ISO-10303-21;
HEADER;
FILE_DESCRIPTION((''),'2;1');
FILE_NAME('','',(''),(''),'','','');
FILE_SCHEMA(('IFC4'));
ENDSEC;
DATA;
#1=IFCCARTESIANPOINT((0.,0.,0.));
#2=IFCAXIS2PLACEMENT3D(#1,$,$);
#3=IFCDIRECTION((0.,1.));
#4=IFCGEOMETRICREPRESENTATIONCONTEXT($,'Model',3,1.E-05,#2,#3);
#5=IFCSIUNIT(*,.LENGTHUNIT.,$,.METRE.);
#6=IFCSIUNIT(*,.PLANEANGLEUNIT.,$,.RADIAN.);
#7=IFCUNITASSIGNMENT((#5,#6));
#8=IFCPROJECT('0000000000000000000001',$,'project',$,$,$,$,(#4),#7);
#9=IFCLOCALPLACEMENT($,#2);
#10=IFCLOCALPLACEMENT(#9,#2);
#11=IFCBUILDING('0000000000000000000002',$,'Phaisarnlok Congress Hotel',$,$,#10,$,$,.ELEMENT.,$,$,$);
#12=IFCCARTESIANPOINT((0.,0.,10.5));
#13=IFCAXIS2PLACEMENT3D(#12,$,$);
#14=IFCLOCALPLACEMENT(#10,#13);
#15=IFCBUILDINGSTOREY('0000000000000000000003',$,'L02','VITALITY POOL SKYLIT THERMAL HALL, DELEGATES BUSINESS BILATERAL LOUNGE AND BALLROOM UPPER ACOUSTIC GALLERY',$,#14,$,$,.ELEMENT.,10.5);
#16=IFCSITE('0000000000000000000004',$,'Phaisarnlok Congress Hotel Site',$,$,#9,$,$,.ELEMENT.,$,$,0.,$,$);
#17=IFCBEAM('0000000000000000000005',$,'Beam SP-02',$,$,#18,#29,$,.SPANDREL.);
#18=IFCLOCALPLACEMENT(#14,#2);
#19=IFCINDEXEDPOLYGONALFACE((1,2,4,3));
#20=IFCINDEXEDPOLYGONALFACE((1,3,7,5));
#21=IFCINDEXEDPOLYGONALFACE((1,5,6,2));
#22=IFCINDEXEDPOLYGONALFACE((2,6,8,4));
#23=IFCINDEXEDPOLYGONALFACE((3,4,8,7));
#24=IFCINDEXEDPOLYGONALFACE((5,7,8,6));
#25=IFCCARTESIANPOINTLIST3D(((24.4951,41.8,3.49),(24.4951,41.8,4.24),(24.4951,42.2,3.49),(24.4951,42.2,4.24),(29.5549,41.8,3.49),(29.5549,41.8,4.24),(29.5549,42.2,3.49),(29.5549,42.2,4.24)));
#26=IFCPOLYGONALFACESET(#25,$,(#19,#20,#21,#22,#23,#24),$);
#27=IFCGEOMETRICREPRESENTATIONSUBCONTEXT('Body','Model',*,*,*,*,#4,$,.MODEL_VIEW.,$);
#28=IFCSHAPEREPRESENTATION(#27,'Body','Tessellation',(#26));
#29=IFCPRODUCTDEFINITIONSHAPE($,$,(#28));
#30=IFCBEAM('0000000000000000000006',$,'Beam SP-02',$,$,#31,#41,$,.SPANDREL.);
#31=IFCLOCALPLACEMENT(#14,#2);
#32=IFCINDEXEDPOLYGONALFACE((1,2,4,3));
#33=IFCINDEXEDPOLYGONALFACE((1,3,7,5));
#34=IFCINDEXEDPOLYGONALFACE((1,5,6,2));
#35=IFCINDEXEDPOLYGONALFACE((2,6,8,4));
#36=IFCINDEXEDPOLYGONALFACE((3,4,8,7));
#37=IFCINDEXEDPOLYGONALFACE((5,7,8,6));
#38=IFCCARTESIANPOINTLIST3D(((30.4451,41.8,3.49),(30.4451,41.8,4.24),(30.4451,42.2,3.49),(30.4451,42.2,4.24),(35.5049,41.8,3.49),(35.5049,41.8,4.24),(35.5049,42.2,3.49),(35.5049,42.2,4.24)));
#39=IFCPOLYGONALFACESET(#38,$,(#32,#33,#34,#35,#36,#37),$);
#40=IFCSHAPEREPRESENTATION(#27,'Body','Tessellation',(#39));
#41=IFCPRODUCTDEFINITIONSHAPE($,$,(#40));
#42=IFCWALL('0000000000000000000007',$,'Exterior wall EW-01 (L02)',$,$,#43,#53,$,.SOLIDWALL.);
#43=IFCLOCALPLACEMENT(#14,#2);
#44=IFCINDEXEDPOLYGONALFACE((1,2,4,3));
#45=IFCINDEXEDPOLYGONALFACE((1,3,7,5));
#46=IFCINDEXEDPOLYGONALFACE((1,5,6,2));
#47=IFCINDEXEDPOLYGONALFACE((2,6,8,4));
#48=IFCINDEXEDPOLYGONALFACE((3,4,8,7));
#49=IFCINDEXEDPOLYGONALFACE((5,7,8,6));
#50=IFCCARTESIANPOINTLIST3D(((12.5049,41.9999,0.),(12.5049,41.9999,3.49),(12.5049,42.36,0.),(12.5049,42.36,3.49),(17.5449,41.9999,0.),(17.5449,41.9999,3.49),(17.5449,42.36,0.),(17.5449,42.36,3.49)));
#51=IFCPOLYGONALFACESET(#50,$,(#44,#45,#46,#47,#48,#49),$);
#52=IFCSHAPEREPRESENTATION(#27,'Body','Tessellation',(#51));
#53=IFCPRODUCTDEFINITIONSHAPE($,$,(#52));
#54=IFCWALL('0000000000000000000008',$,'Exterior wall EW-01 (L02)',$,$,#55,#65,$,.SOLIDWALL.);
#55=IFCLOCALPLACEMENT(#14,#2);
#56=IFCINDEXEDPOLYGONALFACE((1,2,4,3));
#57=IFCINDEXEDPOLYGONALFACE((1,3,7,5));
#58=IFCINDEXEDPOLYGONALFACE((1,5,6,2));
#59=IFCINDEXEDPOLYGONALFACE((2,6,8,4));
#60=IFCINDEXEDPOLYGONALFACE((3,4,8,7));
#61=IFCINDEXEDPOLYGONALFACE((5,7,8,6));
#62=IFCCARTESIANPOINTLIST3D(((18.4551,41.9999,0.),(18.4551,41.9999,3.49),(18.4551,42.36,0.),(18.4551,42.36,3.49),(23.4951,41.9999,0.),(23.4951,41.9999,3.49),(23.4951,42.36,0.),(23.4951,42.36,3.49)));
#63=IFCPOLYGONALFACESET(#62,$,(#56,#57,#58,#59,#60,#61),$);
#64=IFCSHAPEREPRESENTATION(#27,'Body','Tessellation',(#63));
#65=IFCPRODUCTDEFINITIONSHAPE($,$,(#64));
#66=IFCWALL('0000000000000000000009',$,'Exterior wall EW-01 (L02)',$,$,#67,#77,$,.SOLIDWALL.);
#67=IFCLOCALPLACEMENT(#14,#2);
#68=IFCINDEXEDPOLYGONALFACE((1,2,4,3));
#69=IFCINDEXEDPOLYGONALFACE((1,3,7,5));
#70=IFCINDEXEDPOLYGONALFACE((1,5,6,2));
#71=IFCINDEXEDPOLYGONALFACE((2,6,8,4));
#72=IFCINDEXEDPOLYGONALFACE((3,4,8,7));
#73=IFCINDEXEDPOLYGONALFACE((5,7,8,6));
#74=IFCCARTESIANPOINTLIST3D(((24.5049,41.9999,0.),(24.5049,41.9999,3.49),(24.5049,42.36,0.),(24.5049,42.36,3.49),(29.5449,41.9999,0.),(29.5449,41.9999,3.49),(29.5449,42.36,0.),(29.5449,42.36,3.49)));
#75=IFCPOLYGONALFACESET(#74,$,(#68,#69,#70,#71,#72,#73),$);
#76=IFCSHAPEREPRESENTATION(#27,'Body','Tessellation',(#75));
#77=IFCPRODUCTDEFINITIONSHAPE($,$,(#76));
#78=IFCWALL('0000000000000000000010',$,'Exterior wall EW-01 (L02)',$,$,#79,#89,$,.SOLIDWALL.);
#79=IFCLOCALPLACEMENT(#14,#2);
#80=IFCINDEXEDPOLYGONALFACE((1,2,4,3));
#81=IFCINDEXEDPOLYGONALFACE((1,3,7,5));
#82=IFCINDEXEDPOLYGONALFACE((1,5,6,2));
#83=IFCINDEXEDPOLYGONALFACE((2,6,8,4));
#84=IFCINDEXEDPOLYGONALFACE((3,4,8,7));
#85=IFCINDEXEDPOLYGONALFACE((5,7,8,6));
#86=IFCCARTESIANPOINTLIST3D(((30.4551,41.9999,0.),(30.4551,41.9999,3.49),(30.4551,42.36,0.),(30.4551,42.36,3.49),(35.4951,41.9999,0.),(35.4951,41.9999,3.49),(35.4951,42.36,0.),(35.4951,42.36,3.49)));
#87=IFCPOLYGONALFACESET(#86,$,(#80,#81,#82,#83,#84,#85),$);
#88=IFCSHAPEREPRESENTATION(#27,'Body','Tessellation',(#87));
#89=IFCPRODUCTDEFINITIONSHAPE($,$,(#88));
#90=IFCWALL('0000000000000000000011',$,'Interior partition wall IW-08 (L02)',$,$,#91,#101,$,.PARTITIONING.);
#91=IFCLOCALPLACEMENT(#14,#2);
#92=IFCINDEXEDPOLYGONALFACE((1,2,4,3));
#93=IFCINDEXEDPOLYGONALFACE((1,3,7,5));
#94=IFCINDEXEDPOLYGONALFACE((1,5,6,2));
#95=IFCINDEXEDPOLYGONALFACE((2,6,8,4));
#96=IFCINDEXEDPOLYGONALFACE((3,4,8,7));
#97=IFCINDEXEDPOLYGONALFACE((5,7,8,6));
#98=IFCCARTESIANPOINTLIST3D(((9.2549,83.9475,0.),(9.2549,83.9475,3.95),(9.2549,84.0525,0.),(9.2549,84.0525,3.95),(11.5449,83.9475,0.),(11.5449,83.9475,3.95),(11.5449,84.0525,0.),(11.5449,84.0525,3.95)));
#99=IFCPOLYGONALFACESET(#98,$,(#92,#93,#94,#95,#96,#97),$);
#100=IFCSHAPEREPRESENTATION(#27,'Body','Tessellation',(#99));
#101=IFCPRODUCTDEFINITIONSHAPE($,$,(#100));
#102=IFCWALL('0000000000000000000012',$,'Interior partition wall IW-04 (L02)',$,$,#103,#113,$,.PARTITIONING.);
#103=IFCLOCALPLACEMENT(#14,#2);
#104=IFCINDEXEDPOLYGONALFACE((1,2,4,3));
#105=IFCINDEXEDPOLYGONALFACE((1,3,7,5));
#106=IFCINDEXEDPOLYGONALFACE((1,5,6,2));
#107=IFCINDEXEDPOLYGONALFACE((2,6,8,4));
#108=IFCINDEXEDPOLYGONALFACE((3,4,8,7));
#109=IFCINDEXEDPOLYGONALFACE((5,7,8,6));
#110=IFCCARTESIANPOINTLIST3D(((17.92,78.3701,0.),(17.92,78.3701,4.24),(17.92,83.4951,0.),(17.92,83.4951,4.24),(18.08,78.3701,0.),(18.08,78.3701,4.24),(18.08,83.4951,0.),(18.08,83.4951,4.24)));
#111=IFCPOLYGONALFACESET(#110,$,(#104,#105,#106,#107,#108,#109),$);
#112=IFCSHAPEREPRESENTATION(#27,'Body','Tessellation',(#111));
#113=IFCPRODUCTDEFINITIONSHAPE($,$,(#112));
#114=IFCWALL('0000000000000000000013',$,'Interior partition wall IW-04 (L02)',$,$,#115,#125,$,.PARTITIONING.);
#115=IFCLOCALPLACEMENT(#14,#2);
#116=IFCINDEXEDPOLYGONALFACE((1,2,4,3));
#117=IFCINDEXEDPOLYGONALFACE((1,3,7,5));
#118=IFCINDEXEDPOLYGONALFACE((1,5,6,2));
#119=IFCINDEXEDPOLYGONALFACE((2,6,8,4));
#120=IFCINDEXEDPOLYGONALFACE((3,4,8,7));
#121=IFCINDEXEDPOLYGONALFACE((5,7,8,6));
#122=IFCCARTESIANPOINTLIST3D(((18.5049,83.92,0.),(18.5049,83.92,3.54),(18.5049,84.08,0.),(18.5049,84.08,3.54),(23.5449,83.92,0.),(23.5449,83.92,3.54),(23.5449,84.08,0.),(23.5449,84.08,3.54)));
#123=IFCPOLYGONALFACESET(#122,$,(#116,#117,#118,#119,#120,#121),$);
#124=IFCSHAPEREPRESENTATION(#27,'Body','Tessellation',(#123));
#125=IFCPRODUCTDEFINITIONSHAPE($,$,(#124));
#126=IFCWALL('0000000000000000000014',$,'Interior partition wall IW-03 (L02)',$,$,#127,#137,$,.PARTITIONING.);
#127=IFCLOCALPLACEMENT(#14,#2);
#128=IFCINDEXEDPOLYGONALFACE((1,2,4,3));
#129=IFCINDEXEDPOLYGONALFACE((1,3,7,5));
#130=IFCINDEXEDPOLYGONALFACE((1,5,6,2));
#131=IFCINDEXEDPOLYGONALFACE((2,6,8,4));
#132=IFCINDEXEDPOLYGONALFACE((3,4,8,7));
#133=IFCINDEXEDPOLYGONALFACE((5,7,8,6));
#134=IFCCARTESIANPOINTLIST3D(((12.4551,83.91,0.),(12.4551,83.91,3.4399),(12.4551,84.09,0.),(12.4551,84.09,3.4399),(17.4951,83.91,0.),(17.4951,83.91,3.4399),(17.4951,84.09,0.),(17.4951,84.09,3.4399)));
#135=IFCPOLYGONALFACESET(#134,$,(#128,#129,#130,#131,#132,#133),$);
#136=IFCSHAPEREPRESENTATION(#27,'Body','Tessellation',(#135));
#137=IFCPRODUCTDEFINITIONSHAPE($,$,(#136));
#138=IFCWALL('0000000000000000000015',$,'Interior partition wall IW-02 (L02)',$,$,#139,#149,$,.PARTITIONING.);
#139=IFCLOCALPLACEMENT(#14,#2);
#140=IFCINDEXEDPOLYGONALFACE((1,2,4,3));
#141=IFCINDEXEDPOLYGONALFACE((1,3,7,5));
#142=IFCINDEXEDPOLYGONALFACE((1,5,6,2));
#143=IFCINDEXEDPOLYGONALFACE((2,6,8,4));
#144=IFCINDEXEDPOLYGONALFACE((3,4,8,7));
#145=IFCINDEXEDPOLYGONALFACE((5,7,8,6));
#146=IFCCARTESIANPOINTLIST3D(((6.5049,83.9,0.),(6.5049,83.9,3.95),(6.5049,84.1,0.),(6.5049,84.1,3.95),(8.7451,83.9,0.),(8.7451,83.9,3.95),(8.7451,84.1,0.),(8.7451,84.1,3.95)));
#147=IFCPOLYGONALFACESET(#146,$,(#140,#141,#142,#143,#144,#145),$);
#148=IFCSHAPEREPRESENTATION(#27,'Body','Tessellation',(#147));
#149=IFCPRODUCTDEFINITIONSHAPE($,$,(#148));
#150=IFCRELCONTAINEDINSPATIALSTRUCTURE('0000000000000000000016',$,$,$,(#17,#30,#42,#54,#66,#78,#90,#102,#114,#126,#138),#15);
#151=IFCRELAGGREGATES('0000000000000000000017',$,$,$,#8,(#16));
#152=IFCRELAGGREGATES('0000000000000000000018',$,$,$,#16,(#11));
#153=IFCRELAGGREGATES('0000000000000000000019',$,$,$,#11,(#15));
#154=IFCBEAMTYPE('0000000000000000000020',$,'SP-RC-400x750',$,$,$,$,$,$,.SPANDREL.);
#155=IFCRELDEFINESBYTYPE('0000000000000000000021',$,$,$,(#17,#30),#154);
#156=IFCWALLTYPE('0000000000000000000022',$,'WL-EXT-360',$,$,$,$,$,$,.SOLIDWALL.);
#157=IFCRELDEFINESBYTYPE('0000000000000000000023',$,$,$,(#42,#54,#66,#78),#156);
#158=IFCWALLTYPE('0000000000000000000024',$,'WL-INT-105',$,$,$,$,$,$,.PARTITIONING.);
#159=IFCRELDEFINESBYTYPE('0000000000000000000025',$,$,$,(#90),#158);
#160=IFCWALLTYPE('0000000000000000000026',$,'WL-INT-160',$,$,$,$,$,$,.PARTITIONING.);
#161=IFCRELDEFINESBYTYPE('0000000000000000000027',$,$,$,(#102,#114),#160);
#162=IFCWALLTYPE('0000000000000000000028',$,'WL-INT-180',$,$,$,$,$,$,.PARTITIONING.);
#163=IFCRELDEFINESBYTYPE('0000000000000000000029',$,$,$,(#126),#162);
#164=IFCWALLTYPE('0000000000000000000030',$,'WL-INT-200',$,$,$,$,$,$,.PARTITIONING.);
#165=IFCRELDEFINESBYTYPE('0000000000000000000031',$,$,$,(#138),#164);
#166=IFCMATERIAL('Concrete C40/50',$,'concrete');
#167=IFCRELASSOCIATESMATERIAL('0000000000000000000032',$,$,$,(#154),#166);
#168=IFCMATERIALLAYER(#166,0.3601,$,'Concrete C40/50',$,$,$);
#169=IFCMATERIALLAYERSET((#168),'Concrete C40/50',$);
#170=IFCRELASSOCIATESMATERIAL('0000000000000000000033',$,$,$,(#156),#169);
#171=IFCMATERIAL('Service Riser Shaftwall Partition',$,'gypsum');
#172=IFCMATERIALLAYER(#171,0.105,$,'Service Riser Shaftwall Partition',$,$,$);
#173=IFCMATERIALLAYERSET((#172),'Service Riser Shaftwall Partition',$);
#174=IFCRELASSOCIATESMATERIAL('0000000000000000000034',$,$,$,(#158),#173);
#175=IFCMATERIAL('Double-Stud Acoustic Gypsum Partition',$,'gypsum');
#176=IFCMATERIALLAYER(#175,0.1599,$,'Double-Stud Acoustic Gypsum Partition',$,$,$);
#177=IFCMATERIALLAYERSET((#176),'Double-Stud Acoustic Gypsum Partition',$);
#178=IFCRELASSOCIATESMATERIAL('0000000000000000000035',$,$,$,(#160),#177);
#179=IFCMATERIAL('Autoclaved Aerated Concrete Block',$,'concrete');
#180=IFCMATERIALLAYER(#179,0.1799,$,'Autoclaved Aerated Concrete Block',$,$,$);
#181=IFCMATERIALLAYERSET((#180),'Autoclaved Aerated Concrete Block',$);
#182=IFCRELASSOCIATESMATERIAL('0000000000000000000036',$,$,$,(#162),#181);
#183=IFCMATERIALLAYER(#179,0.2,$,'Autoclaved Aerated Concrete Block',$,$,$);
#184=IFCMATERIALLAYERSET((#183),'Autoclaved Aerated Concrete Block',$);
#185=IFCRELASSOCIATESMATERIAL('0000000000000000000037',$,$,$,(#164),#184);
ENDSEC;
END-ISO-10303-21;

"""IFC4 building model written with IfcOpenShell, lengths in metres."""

from ifc_helpers import new_model, si_unit, direction, frame, frame_2d, origin, origin_2d, place, context, subcontext, project, spatial, rectangle, extrude, material, layer, layer_set, material_profile, profile_set, type_object, element, save


model = new_model("IFC4")

# Units and contexts
model_context = context("Model", 3, precision=1e-05, world=origin(), true_north=direction((0.0, 1.0)))
body_context = subcontext(model_context, "Body", "Model", "MODEL_VIEW")
ifc_project = project(units=[si_unit("LENGTHUNIT", "METRE"), si_unit("PLANEANGLEUNIT", "RADIAN")], contexts=[model_context])

# Site, building, storey
site_placement = place(None, origin())
site = spatial("IfcSite", under=ifc_project, at=site_placement, Name="Phaisarnlok Congress Hotel Site", CompositionType="ELEMENT", RefElevation=0.0)
building_placement = place(site_placement, origin())
building = spatial("IfcBuilding", under=site, at=building_placement, Name="Phaisarnlok Congress Hotel", CompositionType="ELEMENT")
storey_placement = place(building_placement, frame((0.0, 0.0, 10.5)))
storey = spatial("IfcBuildingStorey", under=building, at=storey_placement, Name="L02", Description="VITALITY POOL SKYLIT THERMAL HALL, DELEGATES BUSINESS BILATERAL LOUNGE AND BALLROOM UPPER ACOUSTIC GALLERY", CompositionType="ELEMENT", Elevation=10.5)

# Shared definitions
ifc_material_1 = material(Name="Concrete C40/50", Category="concrete")

# Beams
ifc_material_profile_1 = material_profile(ifc_material_1, rectangle(XDim=0.3999, YDim=0.75, at=origin_2d()), Name="RC 400x750")
ifc_profile_set_1 = profile_set([ifc_material_profile_1], Name="Concrete C40/50")
beam_type_1 = type_object("IfcBeamType", Name="SP-RC-400x750", PredefinedType="SPANDREL", material=ifc_profile_set_1)
for number, where, z_axis, x_axis, name in (
    (1, (24.4951, 42.0, 3.865), (1.0, 0.0, 0.0), (0.0, 1.0, 0.0), "Beam SP-02"),
    (2, (30.4451, 42.0, 3.865), (1.0, 0.0, 0.0), (0.0, 1.0, 0.0), "Beam SP-02"),
):
    element("IfcBeam", number, at=place(storey_placement, frame(where, z_axis=z_axis, x_axis=x_axis)), inside=storey, type_object=beam_type_1, Name=name, PredefinedType="SPANDREL", context=body_context, shape_type="SweptSolid", body=[
        extrude(rectangle(XDim=0.3999, YDim=0.75, at=origin_2d()), origin(), (0.0, 0.0, 1.0), 5.0598),
    ])

# Walls
ifc_layer_1 = layer(ifc_material_1, 0.3601, Name="Concrete C40/50")
ifc_layer_set_1 = layer_set([ifc_layer_1], Name="Concrete C40/50")
wall_type_1 = type_object("IfcWallType", Name="WL-EXT-360", PredefinedType="SOLIDWALL", material=ifc_layer_set_1)
for number, where, z_axis, x_axis, name in (
    (3, (12.5049, 42.1799, 0.0), (0.0, 0.0, 1.0), (1.0, 0.0, 0.0), "Exterior wall EW-01 (L02)"),
    (4, (18.4551, 42.1799, 0.0), (0.0, 0.0, 1.0), (1.0, 0.0, 0.0), "Exterior wall EW-01 (L02)"),
    (5, (24.5049, 42.1799, 0.0), (0.0, 0.0, 1.0), (1.0, 0.0, 0.0), "Exterior wall EW-01 (L02)"),
    (6, (30.4551, 42.1799, 0.0), (0.0, 0.0, 1.0), (1.0, 0.0, 0.0), "Exterior wall EW-01 (L02)"),
):
    element("IfcWall", number, at=place(storey_placement, frame(where, z_axis=z_axis, x_axis=x_axis)), inside=storey, type_object=wall_type_1, Name=name, PredefinedType="SOLIDWALL", context=body_context, shape_type="SweptSolid", body=[
        extrude(rectangle(XDim=5.04, YDim=0.3601, at=frame_2d((2.52, 0.0))), origin(), (0.0, 0.0, 1.0), 3.49),
    ])
ifc_material_2 = material(Name="Service Riser Shaftwall Partition", Category="gypsum")
ifc_layer_2 = layer(ifc_material_2, 0.105, Name="Service Riser Shaftwall Partition")
ifc_layer_set_2 = layer_set([ifc_layer_2], Name="Service Riser Shaftwall Partition")
wall_type_2 = type_object("IfcWallType", Name="WL-INT-105", PredefinedType="PARTITIONING", material=ifc_layer_set_2)
wall_1_placement = place(storey_placement, frame((9.2549, 84.0, 0.0), z_axis=(0.0, 0.0, 1.0), x_axis=(1.0, 0.0, 0.0)))
element("IfcWall", 7, at=wall_1_placement, inside=storey, type_object=wall_type_2, Name="Interior partition wall IW-08 (L02)", PredefinedType="PARTITIONING", context=body_context, shape_type="SweptSolid", body=[
    extrude(rectangle(XDim=2.29, YDim=0.105, at=frame_2d((1.145, 0.0))), origin(), (0.0, 0.0, 1.0), 3.95),
])
ifc_material_3 = material(Name="Double-Stud Acoustic Gypsum Partition", Category="gypsum")
ifc_layer_3 = layer(ifc_material_3, 0.1599, Name="Double-Stud Acoustic Gypsum Partition")
ifc_layer_set_3 = layer_set([ifc_layer_3], Name="Double-Stud Acoustic Gypsum Partition")
wall_type_3 = type_object("IfcWallType", Name="WL-INT-160", PredefinedType="PARTITIONING", material=ifc_layer_set_3)
wall_2_placement = place(storey_placement, frame((18.0, 78.3701, 0.0), z_axis=(0.0, 0.0, 1.0), x_axis=(0.0, 1.0, 0.0)))
element("IfcWall", 8, at=wall_2_placement, inside=storey, type_object=wall_type_3, Name="Interior partition wall IW-04 (L02)", PredefinedType="PARTITIONING", context=body_context, shape_type="SweptSolid", body=[
    extrude(rectangle(XDim=5.125, YDim=0.1599, at=frame_2d((2.5625, 0.0))), origin(), (0.0, 0.0, 1.0), 4.24),
])
wall_3_placement = place(storey_placement, frame((18.5049, 84.0, 0.0), z_axis=(0.0, 0.0, 1.0), x_axis=(1.0, 0.0, 0.0)))
element("IfcWall", 9, at=wall_3_placement, inside=storey, type_object=wall_type_3, Name="Interior partition wall IW-04 (L02)", PredefinedType="PARTITIONING", context=body_context, shape_type="SweptSolid", body=[
    extrude(rectangle(XDim=5.04, YDim=0.1599, at=frame_2d((2.52, 0.0))), origin(), (0.0, 0.0, 1.0), 3.54),
])
ifc_material_4 = material(Name="Autoclaved Aerated Concrete Block", Category="concrete")
ifc_layer_4 = layer(ifc_material_4, 0.1799, Name="Autoclaved Aerated Concrete Block")
ifc_layer_set_4 = layer_set([ifc_layer_4], Name="Autoclaved Aerated Concrete Block")
wall_type_4 = type_object("IfcWallType", Name="WL-INT-180", PredefinedType="PARTITIONING", material=ifc_layer_set_4)
wall_4_placement = place(storey_placement, frame((12.4551, 84.0, 0.0), z_axis=(0.0, 0.0, 1.0), x_axis=(1.0, 0.0, 0.0)))
element("IfcWall", 10, at=wall_4_placement, inside=storey, type_object=wall_type_4, Name="Interior partition wall IW-03 (L02)", PredefinedType="PARTITIONING", context=body_context, shape_type="SweptSolid", body=[
    extrude(rectangle(XDim=5.04, YDim=0.1799, at=frame_2d((2.52, 0.0))), origin(), (0.0, 0.0, 1.0), 3.4399),
])
ifc_layer_5 = layer(ifc_material_4, 0.2, Name="Autoclaved Aerated Concrete Block")
ifc_layer_set_5 = layer_set([ifc_layer_5], Name="Autoclaved Aerated Concrete Block")
wall_type_5 = type_object("IfcWallType", Name="WL-INT-200", PredefinedType="PARTITIONING", material=ifc_layer_set_5)
wall_5_placement = place(storey_placement, frame((6.5049, 84.0, 0.0), z_axis=(0.0, 0.0, 1.0), x_axis=(1.0, 0.0, 0.0)))
element("IfcWall", 11, at=wall_5_placement, inside=storey, type_object=wall_type_5, Name="Interior partition wall IW-02 (L02)", PredefinedType="PARTITIONING", context=body_context, shape_type="SweptSolid", body=[
    extrude(rectangle(XDim=2.2402, YDim=0.2, at=frame_2d((1.1201, 0.0))), origin(), (0.0, 0.0, 1.0), 3.95),
])

save(model, "model.ifc")
